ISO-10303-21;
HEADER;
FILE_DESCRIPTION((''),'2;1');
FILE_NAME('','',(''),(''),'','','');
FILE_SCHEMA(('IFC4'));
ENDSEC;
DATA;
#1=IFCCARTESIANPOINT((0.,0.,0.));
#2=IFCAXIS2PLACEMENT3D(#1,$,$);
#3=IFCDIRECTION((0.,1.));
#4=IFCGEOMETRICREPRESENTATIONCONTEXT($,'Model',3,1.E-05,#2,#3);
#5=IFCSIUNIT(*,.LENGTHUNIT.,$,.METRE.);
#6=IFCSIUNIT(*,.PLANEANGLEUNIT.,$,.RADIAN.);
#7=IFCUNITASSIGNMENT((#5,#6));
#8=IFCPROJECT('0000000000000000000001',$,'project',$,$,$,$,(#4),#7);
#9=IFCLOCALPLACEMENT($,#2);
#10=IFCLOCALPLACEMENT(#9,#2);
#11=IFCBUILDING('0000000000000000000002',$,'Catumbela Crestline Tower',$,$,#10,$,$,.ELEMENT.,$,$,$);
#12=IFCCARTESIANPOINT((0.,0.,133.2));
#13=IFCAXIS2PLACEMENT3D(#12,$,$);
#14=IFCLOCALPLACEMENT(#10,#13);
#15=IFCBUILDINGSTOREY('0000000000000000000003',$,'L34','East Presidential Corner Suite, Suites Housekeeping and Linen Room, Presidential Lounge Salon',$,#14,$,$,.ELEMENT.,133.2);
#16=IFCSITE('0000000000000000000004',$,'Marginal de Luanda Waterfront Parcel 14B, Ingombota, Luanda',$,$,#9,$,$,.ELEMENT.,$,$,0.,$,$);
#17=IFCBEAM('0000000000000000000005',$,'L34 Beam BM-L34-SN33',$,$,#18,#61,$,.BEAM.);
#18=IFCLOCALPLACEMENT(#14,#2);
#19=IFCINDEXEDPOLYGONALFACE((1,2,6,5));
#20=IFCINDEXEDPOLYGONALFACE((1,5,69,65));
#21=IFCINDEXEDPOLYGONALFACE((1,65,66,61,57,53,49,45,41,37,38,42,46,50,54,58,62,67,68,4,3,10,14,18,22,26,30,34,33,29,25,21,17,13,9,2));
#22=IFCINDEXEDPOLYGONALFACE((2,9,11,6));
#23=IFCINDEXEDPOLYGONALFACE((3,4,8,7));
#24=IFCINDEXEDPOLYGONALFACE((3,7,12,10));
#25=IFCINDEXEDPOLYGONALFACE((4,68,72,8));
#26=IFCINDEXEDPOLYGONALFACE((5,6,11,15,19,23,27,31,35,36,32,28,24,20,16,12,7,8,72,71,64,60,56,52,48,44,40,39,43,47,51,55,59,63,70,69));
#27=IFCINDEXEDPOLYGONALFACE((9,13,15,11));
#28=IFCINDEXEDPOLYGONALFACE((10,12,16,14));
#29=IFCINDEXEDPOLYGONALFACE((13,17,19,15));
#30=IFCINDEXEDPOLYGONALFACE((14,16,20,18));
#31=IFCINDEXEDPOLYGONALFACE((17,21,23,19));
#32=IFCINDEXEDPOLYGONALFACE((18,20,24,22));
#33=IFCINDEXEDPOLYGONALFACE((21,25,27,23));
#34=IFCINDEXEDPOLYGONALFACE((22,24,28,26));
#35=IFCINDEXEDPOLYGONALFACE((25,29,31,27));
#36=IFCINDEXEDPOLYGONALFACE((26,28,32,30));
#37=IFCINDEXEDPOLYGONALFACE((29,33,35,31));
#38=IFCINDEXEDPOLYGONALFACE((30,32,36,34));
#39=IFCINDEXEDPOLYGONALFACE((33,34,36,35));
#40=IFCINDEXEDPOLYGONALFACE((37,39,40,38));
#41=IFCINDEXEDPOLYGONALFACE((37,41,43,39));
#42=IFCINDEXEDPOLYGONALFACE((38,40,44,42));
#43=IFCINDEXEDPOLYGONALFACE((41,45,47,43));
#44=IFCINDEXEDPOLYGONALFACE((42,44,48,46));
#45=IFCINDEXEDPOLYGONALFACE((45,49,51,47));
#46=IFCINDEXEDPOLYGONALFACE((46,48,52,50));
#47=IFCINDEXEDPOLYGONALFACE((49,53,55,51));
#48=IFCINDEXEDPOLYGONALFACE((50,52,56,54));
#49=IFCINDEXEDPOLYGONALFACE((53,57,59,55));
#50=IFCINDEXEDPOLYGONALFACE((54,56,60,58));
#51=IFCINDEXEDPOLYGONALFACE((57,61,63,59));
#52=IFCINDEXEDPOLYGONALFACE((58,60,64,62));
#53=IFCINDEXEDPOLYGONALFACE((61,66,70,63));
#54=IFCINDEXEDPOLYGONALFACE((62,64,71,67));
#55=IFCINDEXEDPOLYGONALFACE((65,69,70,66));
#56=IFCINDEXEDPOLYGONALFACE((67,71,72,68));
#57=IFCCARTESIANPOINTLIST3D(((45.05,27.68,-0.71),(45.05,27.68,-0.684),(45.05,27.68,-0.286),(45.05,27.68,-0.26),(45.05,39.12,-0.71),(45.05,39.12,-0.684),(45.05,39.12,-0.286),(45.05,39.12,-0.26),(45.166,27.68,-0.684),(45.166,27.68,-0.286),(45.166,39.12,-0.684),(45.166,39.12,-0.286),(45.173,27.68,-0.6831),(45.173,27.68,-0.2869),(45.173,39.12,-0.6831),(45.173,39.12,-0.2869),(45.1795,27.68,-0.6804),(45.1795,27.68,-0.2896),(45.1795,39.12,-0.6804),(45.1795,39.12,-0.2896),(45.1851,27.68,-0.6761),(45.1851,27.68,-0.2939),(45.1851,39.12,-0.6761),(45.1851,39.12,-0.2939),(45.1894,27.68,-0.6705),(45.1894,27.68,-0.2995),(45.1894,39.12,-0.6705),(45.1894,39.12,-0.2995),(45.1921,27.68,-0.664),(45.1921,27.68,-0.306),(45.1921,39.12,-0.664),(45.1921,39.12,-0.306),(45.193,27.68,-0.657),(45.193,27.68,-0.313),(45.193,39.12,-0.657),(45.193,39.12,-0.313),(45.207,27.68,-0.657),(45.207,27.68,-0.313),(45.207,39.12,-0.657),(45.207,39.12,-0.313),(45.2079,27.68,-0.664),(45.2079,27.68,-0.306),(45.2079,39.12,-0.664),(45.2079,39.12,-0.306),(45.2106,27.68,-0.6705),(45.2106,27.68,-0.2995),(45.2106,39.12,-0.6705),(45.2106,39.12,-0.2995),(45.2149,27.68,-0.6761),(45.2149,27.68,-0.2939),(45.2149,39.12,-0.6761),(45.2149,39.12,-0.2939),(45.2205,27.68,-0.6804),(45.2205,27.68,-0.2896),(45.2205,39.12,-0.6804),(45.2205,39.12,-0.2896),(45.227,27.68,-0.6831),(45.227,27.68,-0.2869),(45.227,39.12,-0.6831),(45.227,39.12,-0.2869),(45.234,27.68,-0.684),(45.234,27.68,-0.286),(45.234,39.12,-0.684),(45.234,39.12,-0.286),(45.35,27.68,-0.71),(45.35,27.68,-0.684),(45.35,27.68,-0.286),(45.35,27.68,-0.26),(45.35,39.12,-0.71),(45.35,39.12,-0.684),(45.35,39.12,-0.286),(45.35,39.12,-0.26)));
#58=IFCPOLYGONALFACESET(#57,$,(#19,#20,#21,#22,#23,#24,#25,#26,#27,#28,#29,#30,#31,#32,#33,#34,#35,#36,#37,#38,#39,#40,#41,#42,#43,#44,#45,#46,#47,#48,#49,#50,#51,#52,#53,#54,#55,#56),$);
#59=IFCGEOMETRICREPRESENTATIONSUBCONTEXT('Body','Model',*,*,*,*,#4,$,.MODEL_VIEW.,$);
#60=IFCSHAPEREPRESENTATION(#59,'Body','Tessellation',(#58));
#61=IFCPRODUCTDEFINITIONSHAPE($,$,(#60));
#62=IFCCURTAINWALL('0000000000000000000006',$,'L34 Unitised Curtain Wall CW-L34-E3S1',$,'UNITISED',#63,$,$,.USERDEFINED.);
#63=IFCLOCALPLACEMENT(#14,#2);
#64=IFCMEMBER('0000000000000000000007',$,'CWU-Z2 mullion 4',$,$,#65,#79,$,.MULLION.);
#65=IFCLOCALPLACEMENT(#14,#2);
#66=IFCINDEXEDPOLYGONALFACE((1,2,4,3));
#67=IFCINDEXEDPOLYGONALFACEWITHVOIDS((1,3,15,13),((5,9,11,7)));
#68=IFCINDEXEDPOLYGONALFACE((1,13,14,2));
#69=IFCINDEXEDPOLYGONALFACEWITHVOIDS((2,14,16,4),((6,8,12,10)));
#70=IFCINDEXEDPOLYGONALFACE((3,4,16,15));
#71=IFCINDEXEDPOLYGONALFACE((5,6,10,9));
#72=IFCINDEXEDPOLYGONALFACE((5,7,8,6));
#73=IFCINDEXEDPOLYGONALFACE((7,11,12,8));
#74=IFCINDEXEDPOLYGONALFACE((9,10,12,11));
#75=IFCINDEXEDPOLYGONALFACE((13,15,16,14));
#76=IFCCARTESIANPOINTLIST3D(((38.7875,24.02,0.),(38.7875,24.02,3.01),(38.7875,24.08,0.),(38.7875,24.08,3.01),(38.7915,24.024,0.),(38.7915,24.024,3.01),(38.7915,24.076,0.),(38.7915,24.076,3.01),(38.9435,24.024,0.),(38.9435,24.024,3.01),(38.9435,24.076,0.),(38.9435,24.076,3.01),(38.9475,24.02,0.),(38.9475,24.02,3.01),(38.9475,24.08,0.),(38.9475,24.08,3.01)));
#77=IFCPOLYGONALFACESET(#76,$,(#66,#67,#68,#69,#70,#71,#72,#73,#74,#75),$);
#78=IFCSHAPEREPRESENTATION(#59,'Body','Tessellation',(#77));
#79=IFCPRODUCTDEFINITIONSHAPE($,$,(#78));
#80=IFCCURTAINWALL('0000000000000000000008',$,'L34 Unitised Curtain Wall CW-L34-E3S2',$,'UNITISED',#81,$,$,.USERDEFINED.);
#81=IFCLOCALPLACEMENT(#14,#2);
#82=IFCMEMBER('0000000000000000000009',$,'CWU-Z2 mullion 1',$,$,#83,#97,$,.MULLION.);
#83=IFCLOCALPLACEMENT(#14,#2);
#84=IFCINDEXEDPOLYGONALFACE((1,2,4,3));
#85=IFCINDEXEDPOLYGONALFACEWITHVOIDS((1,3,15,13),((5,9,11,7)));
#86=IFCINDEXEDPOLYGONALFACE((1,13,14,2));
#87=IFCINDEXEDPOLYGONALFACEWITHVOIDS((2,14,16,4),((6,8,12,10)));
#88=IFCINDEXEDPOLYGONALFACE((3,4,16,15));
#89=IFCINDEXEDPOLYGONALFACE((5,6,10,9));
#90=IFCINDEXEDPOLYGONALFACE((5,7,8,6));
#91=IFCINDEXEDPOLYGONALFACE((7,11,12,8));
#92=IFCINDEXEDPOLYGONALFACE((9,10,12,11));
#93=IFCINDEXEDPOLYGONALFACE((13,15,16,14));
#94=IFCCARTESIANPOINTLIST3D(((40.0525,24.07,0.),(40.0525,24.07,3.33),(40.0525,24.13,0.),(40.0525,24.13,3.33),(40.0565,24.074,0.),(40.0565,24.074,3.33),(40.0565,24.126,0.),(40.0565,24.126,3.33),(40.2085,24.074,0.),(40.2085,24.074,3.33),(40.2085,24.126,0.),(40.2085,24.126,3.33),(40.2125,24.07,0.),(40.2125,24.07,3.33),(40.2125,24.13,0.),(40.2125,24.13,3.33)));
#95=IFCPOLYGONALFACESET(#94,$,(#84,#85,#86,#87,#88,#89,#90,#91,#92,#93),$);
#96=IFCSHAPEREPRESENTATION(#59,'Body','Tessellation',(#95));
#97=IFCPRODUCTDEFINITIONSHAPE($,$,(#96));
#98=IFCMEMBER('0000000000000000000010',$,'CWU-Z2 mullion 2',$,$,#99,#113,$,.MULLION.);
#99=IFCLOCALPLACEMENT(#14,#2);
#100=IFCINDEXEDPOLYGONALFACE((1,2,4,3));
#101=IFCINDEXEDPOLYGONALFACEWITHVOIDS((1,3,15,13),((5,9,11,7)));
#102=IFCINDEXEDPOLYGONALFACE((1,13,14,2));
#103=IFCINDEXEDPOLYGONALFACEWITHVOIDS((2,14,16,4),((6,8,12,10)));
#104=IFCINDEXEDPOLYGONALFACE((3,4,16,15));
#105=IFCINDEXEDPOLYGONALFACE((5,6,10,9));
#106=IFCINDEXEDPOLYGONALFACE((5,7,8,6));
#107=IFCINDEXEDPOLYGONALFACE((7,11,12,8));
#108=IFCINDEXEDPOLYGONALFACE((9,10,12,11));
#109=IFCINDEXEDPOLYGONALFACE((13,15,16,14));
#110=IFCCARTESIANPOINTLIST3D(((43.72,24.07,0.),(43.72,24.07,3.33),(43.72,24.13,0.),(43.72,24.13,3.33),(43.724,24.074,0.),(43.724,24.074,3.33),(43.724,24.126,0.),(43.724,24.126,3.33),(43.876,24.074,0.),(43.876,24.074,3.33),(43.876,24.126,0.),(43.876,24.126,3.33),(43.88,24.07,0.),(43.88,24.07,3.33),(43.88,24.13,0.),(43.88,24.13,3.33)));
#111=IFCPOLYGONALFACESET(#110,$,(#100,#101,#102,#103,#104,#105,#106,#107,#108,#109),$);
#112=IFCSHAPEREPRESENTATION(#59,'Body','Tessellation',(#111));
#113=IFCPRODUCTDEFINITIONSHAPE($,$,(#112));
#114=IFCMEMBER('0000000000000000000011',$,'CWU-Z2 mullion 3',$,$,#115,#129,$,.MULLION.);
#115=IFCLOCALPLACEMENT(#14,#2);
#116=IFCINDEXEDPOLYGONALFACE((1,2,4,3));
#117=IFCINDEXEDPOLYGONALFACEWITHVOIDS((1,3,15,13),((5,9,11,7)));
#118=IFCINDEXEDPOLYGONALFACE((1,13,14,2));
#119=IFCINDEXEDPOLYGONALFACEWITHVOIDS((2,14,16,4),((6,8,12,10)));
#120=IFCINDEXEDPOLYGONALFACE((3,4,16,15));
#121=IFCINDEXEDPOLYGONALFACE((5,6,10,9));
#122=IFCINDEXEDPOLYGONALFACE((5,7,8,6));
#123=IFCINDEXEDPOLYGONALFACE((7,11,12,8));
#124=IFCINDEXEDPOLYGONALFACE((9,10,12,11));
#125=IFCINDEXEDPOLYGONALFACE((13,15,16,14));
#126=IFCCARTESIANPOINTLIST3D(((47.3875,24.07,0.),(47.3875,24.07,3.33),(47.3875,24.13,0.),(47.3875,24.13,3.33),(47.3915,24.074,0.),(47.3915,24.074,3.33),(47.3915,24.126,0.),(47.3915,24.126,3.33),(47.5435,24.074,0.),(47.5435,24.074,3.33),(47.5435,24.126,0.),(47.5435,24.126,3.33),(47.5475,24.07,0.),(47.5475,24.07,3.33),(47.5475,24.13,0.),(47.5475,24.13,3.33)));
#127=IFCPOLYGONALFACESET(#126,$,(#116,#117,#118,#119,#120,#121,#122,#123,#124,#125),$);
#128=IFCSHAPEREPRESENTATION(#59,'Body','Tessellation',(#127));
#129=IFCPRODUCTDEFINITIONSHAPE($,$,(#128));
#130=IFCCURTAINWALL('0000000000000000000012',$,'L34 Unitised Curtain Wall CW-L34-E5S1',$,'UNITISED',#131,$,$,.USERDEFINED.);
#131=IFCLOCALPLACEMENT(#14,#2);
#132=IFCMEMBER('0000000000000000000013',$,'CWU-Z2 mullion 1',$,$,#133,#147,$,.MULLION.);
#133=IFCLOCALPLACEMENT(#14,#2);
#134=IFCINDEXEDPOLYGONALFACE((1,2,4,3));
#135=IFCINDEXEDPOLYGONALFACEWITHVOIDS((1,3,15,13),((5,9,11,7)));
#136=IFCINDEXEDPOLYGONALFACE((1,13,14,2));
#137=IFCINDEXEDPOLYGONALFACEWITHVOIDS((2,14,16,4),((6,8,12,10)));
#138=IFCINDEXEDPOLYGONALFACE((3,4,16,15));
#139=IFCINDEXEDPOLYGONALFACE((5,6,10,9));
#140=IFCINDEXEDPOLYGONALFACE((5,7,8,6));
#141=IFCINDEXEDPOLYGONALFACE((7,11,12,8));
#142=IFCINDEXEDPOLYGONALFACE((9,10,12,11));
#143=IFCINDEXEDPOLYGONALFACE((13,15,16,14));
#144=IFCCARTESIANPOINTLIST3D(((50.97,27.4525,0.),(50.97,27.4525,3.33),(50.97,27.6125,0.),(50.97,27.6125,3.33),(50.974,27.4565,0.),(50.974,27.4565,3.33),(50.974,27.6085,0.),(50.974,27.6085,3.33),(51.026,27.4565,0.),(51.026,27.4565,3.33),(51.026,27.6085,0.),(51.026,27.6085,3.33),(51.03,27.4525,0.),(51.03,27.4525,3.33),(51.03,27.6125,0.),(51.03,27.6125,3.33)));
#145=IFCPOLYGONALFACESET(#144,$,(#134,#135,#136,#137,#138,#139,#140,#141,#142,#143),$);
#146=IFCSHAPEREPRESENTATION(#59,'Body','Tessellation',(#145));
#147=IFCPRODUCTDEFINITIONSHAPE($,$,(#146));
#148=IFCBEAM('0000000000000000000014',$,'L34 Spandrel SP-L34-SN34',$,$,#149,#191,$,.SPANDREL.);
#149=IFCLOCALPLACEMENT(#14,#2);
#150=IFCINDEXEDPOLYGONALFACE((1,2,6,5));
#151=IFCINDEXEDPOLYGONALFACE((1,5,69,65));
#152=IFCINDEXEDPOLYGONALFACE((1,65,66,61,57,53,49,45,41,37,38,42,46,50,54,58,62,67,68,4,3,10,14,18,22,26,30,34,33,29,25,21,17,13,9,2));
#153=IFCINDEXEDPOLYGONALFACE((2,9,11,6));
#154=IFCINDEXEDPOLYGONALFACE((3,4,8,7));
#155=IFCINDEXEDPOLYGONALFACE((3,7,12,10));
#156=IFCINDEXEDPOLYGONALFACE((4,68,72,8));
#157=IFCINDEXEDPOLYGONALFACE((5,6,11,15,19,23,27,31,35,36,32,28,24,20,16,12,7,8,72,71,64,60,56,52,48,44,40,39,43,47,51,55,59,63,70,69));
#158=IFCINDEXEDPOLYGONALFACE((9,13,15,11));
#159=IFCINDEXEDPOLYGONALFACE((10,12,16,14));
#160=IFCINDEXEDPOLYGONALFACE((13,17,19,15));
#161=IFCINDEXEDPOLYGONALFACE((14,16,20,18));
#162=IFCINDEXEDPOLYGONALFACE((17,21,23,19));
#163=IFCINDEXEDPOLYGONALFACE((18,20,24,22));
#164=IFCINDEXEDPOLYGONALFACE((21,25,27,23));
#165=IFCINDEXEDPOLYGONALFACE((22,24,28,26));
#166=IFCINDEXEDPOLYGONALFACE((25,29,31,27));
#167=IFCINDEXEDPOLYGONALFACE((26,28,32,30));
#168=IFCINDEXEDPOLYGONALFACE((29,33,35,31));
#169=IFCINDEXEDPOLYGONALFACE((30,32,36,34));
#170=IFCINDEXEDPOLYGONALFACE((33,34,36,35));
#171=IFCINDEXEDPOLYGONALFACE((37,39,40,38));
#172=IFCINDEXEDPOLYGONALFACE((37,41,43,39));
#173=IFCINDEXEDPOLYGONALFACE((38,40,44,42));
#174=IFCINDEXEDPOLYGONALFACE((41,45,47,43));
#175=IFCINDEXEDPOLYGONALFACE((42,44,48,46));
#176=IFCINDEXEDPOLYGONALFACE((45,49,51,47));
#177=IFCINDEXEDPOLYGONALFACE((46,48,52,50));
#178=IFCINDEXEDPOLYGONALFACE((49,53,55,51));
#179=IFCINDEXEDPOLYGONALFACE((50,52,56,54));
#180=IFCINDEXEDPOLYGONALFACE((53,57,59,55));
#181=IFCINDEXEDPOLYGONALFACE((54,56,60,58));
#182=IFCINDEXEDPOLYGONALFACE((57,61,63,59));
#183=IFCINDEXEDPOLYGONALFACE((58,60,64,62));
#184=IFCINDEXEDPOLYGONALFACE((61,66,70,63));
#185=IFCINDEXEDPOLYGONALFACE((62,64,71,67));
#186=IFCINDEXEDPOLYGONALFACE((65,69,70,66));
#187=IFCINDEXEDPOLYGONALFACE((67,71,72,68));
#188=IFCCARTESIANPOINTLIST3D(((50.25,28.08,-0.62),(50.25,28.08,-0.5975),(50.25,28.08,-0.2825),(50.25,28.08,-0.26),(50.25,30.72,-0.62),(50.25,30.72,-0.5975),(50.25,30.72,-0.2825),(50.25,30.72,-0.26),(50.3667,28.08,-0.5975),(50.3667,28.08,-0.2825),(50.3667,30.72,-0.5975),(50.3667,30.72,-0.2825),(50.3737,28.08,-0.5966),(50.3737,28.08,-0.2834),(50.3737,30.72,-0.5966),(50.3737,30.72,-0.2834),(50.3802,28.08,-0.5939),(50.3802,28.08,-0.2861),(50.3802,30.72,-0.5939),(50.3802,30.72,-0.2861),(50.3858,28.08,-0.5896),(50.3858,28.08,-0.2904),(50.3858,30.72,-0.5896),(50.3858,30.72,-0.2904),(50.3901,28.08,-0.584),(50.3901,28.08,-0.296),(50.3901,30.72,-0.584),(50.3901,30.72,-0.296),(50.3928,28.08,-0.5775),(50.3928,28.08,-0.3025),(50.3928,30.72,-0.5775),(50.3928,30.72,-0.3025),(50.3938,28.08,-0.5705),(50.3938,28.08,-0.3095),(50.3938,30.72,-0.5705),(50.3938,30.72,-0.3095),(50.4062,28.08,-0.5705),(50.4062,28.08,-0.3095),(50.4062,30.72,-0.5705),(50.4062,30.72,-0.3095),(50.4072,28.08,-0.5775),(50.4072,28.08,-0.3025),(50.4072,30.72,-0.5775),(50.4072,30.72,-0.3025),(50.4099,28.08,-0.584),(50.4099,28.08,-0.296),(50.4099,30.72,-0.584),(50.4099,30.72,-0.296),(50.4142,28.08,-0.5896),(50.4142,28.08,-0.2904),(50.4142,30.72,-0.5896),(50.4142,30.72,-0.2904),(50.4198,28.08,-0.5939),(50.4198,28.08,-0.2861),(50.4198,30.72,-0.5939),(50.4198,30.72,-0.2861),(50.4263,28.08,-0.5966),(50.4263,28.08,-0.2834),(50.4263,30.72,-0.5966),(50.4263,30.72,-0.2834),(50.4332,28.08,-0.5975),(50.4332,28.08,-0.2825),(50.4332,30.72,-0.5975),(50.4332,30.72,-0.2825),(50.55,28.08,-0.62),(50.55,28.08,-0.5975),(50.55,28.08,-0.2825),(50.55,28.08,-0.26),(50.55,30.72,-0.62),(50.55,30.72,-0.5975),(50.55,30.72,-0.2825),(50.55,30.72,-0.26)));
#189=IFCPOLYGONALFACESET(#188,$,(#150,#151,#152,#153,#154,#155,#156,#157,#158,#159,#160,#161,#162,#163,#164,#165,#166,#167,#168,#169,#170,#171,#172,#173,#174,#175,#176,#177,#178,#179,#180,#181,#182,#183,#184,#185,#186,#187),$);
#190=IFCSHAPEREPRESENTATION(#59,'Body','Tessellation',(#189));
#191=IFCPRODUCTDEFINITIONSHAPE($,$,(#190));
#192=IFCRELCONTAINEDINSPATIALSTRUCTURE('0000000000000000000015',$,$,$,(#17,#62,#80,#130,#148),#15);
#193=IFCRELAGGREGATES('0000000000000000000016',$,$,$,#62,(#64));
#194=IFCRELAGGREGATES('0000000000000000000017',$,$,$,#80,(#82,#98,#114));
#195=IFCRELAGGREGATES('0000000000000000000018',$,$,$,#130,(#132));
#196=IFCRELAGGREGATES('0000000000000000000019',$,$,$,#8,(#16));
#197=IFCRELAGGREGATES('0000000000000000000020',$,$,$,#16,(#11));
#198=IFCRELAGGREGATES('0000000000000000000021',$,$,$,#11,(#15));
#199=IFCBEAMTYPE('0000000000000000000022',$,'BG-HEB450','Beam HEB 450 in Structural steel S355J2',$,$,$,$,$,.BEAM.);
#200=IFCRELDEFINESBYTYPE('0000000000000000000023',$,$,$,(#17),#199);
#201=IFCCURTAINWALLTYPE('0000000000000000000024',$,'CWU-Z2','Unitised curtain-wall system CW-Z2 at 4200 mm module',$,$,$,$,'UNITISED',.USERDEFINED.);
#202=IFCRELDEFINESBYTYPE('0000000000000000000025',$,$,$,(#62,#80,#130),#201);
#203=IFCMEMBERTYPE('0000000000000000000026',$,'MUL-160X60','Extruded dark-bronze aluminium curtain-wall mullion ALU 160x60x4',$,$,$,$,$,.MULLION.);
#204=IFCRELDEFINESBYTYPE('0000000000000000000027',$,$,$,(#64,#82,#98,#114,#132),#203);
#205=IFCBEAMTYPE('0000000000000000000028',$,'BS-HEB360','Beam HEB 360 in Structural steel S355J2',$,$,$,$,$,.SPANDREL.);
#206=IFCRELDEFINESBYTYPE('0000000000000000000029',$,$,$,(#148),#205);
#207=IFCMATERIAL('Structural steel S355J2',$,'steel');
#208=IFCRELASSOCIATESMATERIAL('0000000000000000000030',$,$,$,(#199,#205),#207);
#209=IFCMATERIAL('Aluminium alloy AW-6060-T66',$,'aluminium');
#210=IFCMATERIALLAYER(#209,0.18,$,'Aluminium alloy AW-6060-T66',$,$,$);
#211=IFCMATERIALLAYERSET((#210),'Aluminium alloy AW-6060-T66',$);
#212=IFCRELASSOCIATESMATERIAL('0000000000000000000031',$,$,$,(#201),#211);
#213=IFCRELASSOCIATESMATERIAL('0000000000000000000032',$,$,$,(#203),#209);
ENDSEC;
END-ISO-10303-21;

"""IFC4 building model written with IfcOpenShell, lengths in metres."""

from ifc_helpers import new_model, si_unit, direction, frame, origin, origin_2d, place, context, subcontext, project, spatial, hollow_rectangle, i_section, extrude, material, layer, layer_set, material_profile, profile_set, type_object, element, aggregate, save


model = new_model("IFC4")

# Units and contexts
model_context = context("Model", 3, precision=1e-05, world=origin(), true_north=direction((0.0, 1.0)))
body_context = subcontext(model_context, "Body", "Model", "MODEL_VIEW")
ifc_project = project(units=[si_unit("LENGTHUNIT", "METRE"), si_unit("PLANEANGLEUNIT", "RADIAN")], contexts=[model_context])

# Site, building, storey
site_placement = place(None, origin())
site = spatial("IfcSite", under=ifc_project, at=site_placement, Name="Marginal de Luanda Waterfront Parcel 14B, Ingombota, Luanda", CompositionType="ELEMENT", RefElevation=0.0)
building_placement = place(site_placement, origin())
building = spatial("IfcBuilding", under=site, at=building_placement, Name="Catumbela Crestline Tower", CompositionType="ELEMENT")
storey_placement = place(building_placement, frame((0.0, 0.0, 133.2)))
storey = spatial("IfcBuildingStorey", under=building, at=storey_placement, Name="L34", Description="East Presidential Corner Suite, Suites Housekeeping and Linen Room, Presidential Lounge Salon", CompositionType="ELEMENT", Elevation=133.2)

# Beam
ifc_material_1 = material(Name="Structural steel S355J2", Category="steel")
ifc_material_profile_1 = material_profile(ifc_material_1, i_section(OverallWidth=0.3, OverallDepth=0.45, WebThickness=0.014, FlangeThickness=0.026, FilletRadius=0.027, at=origin_2d()), Name="HEB 450")
ifc_profile_set_1 = profile_set([ifc_material_profile_1], Name="Structural steel S355J2")
beam_type_1 = type_object("IfcBeamType", Name="BG-HEB450", Description="Beam HEB 450 in Structural steel S355J2", PredefinedType="BEAM", material=ifc_profile_set_1)
beam_1_placement = place(storey_placement, frame((45.2, 27.68, -0.485), z_axis=(0.0, 1.0, 0.0), x_axis=(-1.0, 0.0, 0.0)))
element("IfcBeam", 1, at=beam_1_placement, inside=storey, type_object=beam_type_1, Name="L34 Beam BM-L34-SN33", PredefinedType="BEAM", context=body_context, shape_type="SweptSolid", body=[
    extrude(i_section(OverallWidth=0.3, OverallDepth=0.45, WebThickness=0.014, FlangeThickness=0.026, FilletRadius=0.027, at=origin_2d()), origin(), (0.0, 0.0, 1.0), 11.44),
])

# Curtain wall, member
ifc_material_2 = material(Name="Aluminium alloy AW-6060-T66", Category="aluminium")
ifc_layer_1 = layer(ifc_material_2, 0.18, Name="Aluminium alloy AW-6060-T66")
ifc_layer_set_1 = layer_set([ifc_layer_1], Name="Aluminium alloy AW-6060-T66")
curtain_wall_type = type_object("IfcCurtainWallType", Name="CWU-Z2", Description="Unitised curtain-wall system CW-Z2 at 4200 mm module", ElementType="UNITISED", PredefinedType="USERDEFINED", material=ifc_layer_set_1)
curtain_wall_1_placement = place(storey_placement, origin())
curtain_wall_1 = element("IfcCurtainWall", 2, at=curtain_wall_1_placement, inside=storey, type_object=curtain_wall_type, Name="L34 Unitised Curtain Wall CW-L34-E3S1", ObjectType="UNITISED", PredefinedType="USERDEFINED")
ifc_material_profile_2 = material_profile(ifc_material_2, hollow_rectangle(XDim=0.06, YDim=0.16, WallThickness=0.004, at=origin_2d()), Name="ALU 160x60x4")
ifc_profile_set_2 = profile_set([ifc_material_profile_2], Name="Aluminium alloy AW-6060-T66")
member_type_1 = type_object("IfcMemberType", Name="MUL-160X60", Description="Extruded dark-bronze aluminium curtain-wall mullion ALU 160x60x4", PredefinedType="MULLION", material=ifc_profile_set_2)
member_1_placement = place(storey_placement, frame((38.8675, 24.05, 0.0), z_axis=(0.0, 0.0, 1.0), x_axis=(0.0, 1.0, 0.0)))
member_1 = element("IfcMember", 3, at=member_1_placement, type_object=member_type_1, Name="CWU-Z2 mullion 4", PredefinedType="MULLION", context=body_context, shape_type="SweptSolid", body=[
    extrude(hollow_rectangle(XDim=0.06, YDim=0.16, WallThickness=0.004, at=origin_2d()), origin(), (0.0, 0.0, 1.0), 3.01),
])
aggregate(curtain_wall_1, [member_1])

# Curtain wall, members
curtain_wall_2_placement = place(storey_placement, origin())
curtain_wall_2 = element("IfcCurtainWall", 4, at=curtain_wall_2_placement, inside=storey, type_object=curtain_wall_type, Name="L34 Unitised Curtain Wall CW-L34-E3S2", ObjectType="UNITISED", PredefinedType="USERDEFINED")
member_2_placement = place(storey_placement, frame((40.1325, 24.1, 0.0), z_axis=(0.0, 0.0, 1.0), x_axis=(0.0, 1.0, 0.0)))
member_2 = element("IfcMember", 5, at=member_2_placement, type_object=member_type_1, Name="CWU-Z2 mullion 1", PredefinedType="MULLION", context=body_context, shape_type="SweptSolid", body=[
    extrude(hollow_rectangle(XDim=0.06, YDim=0.16, WallThickness=0.004, at=origin_2d()), origin(), (0.0, 0.0, 1.0), 3.33),
])
member_3_placement = place(storey_placement, frame((43.8, 24.1, 0.0), z_axis=(0.0, 0.0, 1.0), x_axis=(0.0, 1.0, 0.0)))
member_3 = element("IfcMember", 6, at=member_3_placement, type_object=member_type_1, Name="CWU-Z2 mullion 2", PredefinedType="MULLION", context=body_context, shape_type="SweptSolid", body=[
    extrude(hollow_rectangle(XDim=0.06, YDim=0.16, WallThickness=0.004, at=origin_2d()), origin(), (0.0, 0.0, 1.0), 3.33),
])
member_4_placement = place(storey_placement, frame((47.4675, 24.1, 0.0), z_axis=(0.0, 0.0, 1.0), x_axis=(0.0, 1.0, 0.0)))
member_4 = element("IfcMember", 7, at=member_4_placement, type_object=member_type_1, Name="CWU-Z2 mullion 3", PredefinedType="MULLION", context=body_context, shape_type="SweptSolid", body=[
    extrude(hollow_rectangle(XDim=0.06, YDim=0.16, WallThickness=0.004, at=origin_2d()), origin(), (0.0, 0.0, 1.0), 3.33),
])

# Curtain wall, member
curtain_wall_3_placement = place(storey_placement, origin())
curtain_wall_3 = element("IfcCurtainWall", 8, at=curtain_wall_3_placement, inside=storey, type_object=curtain_wall_type, Name="L34 Unitised Curtain Wall CW-L34-E5S1", ObjectType="UNITISED", PredefinedType="USERDEFINED")
member_5_placement = place(storey_placement, frame((51.0, 27.5325, 0.0), z_axis=(0.0, 0.0, 1.0), x_axis=(-1.0, 0.0, 0.0)))
member_5 = element("IfcMember", 9, at=member_5_placement, type_object=member_type_1, Name="CWU-Z2 mullion 1", PredefinedType="MULLION", context=body_context, shape_type="SweptSolid", body=[
    extrude(hollow_rectangle(XDim=0.06, YDim=0.16, WallThickness=0.004, at=origin_2d()), origin(), (0.0, 0.0, 1.0), 3.33),
])

# Beam
ifc_material_profile_3 = material_profile(ifc_material_1, i_section(OverallWidth=0.3, OverallDepth=0.36, WebThickness=0.0125, FlangeThickness=0.0225, FilletRadius=0.027, at=origin_2d()), Name="HEB 360")
ifc_profile_set_3 = profile_set([ifc_material_profile_3], Name="Structural steel S355J2")
beam_type_2 = type_object("IfcBeamType", Name="BS-HEB360", Description="Beam HEB 360 in Structural steel S355J2", PredefinedType="SPANDREL", material=ifc_profile_set_3)
beam_2_placement = place(storey_placement, frame((50.4, 28.08, -0.44), z_axis=(0.0, 1.0, 0.0), x_axis=(-1.0, 0.0, 0.0)))
element("IfcBeam", 10, at=beam_2_placement, inside=storey, type_object=beam_type_2, Name="L34 Spandrel SP-L34-SN34", PredefinedType="SPANDREL", context=body_context, shape_type="SweptSolid", body=[
    extrude(i_section(OverallWidth=0.3, OverallDepth=0.36, WebThickness=0.0125, FlangeThickness=0.0225, FilletRadius=0.027, at=origin_2d()), origin(), (0.0, 0.0, 1.0), 2.64),
])

aggregate(curtain_wall_2, [member_2, member_3, member_4])
aggregate(curtain_wall_3, [member_5])

save(model, "model.ifc")
